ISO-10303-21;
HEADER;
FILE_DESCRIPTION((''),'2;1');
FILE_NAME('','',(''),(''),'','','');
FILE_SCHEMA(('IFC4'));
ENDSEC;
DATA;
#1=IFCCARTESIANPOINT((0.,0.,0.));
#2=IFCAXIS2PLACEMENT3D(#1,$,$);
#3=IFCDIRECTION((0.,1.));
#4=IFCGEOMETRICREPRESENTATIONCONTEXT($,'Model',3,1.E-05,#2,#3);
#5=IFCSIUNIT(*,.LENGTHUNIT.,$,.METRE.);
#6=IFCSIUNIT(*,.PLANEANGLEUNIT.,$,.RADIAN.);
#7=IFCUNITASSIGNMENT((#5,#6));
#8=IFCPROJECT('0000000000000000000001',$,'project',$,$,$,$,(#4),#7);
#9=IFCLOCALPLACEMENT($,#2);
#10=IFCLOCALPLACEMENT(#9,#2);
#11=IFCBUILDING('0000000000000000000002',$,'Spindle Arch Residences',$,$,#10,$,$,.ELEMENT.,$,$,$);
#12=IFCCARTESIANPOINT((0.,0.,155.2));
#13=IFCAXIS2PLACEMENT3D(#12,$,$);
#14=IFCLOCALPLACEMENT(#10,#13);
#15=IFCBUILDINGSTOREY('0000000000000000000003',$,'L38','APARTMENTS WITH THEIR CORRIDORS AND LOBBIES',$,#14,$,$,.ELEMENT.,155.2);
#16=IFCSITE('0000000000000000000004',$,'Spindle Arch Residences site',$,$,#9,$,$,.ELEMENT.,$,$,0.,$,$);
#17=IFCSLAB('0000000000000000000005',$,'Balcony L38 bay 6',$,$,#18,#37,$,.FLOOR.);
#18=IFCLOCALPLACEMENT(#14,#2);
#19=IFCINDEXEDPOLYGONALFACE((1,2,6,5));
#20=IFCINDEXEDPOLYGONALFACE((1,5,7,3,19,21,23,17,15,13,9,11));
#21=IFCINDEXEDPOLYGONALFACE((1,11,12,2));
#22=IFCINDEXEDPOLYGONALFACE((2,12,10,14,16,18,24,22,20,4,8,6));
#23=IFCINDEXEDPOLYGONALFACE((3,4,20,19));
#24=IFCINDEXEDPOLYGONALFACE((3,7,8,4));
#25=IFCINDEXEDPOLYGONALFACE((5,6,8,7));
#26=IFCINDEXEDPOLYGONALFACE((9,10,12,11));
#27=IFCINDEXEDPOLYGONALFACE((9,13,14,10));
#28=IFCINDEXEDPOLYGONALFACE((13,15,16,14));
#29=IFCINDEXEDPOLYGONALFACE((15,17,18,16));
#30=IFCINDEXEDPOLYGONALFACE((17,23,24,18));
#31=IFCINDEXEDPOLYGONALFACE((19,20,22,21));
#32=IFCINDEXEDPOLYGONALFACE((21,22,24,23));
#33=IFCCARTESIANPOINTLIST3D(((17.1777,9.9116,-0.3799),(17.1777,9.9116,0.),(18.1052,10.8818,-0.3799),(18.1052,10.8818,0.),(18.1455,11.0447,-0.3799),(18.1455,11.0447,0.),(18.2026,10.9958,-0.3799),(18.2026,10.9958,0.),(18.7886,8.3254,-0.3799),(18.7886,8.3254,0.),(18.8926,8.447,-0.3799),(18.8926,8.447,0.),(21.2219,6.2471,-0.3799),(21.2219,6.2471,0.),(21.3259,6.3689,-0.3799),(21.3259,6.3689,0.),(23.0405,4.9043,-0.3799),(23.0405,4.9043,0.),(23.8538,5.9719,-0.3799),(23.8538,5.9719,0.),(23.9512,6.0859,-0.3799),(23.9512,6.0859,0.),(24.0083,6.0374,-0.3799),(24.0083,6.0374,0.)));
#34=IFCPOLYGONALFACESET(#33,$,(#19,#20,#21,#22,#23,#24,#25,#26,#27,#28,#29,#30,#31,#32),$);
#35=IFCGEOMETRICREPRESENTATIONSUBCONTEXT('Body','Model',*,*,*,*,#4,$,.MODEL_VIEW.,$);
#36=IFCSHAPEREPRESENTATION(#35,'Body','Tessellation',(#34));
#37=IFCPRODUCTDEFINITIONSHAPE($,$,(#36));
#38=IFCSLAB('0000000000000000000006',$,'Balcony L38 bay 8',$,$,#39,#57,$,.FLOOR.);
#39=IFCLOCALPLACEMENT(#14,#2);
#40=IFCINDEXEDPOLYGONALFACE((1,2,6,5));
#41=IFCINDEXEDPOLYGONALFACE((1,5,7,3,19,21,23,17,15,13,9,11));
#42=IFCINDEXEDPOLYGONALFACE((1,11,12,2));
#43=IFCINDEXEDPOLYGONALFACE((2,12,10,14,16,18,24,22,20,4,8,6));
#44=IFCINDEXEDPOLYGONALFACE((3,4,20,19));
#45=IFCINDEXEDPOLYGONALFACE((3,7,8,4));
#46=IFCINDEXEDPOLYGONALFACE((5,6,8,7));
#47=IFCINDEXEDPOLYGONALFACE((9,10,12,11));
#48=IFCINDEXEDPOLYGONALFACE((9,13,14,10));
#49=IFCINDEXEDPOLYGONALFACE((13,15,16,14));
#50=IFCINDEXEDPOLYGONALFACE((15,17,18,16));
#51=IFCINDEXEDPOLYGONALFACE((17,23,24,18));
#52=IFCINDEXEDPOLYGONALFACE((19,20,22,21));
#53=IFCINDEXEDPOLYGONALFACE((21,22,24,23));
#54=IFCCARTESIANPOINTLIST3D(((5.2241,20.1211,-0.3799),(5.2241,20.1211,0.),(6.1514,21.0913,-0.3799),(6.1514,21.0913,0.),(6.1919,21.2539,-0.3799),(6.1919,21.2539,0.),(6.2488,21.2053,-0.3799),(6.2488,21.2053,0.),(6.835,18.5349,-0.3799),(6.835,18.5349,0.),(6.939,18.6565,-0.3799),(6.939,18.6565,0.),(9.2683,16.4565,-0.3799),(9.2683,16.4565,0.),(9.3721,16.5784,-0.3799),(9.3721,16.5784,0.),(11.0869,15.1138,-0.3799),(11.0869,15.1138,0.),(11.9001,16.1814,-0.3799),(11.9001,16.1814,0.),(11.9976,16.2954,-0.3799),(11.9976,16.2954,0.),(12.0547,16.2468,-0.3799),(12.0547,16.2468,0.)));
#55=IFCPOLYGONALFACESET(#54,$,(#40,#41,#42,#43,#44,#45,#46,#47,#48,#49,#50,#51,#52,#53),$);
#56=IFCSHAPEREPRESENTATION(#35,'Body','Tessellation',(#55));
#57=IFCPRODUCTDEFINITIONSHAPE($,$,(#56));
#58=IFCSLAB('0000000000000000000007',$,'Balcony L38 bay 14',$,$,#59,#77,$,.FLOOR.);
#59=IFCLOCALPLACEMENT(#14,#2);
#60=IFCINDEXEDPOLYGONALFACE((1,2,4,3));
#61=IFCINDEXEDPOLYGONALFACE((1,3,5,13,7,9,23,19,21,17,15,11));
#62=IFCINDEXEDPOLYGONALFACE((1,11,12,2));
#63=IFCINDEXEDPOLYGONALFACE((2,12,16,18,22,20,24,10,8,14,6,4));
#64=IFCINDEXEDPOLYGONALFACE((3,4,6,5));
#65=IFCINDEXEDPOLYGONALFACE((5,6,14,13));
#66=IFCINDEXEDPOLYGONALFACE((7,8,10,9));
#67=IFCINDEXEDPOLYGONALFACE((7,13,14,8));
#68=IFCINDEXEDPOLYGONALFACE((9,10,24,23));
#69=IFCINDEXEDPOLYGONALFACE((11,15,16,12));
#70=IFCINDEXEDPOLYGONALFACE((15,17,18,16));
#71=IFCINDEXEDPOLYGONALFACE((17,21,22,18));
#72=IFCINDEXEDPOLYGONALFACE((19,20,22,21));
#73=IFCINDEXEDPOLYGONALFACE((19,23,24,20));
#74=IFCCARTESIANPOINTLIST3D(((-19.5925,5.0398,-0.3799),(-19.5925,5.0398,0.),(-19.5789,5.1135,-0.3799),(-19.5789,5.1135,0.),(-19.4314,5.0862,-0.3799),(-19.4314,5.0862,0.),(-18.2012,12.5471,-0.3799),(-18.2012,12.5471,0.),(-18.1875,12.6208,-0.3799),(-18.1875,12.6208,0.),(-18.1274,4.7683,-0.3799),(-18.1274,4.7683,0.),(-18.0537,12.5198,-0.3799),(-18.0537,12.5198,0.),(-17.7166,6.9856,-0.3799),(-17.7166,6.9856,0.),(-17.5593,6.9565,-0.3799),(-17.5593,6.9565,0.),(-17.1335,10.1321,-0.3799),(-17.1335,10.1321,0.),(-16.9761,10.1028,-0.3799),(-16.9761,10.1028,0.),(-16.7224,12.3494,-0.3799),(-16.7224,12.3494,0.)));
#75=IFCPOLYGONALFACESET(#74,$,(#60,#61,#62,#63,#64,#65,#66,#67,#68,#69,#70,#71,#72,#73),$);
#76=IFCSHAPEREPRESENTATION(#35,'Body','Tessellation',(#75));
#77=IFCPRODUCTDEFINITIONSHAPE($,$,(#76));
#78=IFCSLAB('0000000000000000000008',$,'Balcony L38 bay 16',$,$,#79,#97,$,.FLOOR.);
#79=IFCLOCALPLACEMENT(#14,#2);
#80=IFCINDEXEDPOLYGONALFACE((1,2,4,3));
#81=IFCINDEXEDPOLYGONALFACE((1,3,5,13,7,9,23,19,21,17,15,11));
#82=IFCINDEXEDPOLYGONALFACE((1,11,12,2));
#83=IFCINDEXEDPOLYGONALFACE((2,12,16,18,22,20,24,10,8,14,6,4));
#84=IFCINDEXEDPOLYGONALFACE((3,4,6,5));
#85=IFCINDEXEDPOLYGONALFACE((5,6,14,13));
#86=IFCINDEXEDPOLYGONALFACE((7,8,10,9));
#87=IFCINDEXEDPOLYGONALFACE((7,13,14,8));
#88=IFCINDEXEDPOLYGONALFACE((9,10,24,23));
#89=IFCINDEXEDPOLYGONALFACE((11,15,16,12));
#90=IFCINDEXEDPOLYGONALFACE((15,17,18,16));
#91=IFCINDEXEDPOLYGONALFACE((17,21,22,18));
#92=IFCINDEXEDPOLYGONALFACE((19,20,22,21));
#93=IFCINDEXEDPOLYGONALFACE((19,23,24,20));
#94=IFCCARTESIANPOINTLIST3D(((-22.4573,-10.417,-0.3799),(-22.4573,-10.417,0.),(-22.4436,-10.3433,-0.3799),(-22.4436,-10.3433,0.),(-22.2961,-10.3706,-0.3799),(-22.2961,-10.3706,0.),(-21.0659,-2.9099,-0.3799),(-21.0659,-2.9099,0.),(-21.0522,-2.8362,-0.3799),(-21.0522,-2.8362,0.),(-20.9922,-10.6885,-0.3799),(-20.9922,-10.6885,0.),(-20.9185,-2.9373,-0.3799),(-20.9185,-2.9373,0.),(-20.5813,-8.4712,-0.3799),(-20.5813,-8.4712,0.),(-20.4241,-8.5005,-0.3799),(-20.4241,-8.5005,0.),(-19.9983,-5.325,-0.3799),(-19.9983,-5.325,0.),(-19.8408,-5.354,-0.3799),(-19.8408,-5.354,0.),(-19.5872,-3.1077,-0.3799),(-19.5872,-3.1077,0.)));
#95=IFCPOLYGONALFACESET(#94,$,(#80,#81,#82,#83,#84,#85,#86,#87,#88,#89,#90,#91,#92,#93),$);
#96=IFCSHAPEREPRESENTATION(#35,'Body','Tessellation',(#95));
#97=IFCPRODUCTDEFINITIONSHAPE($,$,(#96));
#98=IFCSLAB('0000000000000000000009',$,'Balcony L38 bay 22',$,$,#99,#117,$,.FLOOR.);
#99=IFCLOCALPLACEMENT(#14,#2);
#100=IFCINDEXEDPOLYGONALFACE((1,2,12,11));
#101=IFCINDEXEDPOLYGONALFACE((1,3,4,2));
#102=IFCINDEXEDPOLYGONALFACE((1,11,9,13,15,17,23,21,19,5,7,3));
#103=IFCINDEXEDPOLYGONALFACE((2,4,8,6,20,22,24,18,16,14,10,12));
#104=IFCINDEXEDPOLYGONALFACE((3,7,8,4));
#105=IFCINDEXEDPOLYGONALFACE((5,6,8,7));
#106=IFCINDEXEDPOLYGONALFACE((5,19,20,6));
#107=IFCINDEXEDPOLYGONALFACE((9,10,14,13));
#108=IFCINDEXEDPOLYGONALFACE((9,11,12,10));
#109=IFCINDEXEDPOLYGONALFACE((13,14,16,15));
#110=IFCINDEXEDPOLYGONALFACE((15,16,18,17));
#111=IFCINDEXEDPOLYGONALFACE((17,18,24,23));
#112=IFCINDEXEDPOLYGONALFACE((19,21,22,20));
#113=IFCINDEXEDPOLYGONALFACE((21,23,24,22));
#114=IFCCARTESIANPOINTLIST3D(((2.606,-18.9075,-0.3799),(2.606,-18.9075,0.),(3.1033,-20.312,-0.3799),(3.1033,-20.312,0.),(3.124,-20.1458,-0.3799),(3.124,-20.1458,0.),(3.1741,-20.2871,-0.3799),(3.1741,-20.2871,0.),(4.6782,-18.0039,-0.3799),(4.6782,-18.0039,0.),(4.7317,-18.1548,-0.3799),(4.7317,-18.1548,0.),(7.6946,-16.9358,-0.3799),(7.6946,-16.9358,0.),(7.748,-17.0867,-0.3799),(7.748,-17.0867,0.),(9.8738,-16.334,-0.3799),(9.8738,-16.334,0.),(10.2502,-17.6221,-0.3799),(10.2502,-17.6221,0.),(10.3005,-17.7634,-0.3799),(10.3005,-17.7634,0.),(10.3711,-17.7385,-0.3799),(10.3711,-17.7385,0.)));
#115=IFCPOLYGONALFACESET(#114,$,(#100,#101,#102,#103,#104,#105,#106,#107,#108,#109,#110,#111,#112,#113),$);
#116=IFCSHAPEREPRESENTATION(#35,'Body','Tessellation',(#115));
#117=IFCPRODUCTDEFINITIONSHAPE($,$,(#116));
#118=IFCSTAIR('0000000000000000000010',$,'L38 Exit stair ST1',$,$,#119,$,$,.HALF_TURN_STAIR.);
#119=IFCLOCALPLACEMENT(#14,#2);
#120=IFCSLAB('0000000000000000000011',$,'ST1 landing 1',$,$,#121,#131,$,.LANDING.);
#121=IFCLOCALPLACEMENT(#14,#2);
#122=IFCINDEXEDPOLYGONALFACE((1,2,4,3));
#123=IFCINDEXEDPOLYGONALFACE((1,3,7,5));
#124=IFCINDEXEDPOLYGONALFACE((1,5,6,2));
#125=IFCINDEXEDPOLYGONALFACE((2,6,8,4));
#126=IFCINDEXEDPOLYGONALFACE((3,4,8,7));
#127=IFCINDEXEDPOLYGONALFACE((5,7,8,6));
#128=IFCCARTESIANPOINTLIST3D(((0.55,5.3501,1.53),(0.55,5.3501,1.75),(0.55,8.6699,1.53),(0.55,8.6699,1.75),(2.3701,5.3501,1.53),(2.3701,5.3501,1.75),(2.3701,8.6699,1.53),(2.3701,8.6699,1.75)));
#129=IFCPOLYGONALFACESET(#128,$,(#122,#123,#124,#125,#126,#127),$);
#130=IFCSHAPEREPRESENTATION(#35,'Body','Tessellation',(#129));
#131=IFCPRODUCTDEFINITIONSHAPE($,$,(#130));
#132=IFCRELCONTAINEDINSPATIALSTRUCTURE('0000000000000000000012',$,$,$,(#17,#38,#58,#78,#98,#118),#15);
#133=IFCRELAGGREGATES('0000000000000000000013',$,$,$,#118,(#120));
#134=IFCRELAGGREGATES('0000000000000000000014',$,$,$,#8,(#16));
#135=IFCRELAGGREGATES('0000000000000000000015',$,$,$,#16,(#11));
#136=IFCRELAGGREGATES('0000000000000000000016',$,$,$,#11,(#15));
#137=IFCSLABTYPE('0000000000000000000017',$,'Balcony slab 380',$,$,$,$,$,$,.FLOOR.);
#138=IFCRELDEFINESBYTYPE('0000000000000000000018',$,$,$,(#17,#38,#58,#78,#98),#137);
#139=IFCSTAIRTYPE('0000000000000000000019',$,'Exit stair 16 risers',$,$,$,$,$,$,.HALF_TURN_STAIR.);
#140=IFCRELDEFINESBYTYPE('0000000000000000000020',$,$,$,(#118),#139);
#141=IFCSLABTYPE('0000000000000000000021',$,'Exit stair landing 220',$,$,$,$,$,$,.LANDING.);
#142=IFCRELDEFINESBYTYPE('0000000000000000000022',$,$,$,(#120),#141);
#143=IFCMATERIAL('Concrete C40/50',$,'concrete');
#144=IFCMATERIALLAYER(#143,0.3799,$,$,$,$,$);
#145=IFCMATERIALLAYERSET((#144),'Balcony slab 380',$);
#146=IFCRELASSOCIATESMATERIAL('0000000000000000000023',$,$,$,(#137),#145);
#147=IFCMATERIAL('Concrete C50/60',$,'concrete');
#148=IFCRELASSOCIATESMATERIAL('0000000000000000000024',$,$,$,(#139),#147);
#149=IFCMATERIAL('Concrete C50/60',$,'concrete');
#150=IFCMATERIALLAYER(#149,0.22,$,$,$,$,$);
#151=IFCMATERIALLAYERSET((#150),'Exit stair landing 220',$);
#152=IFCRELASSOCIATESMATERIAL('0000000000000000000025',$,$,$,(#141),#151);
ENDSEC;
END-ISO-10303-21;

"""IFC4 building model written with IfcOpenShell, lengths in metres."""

from ifc_helpers import new_model, si_unit, direction, frame, origin, place, context, subcontext, project, spatial, polyline, outline, extrude, material, layer, layer_set, type_object, element, aggregate, save


model = new_model("IFC4")

# Units and contexts
model_context = context("Model", 3, precision=1e-05, world=origin(), true_north=direction((0.0, 1.0)))
body_context = subcontext(model_context, "Body", "Model", "MODEL_VIEW")
ifc_project = project(units=[si_unit("LENGTHUNIT", "METRE"), si_unit("PLANEANGLEUNIT", "RADIAN")], contexts=[model_context])

# Site, building, storey
site_placement = place(None, origin())
site = spatial("IfcSite", under=ifc_project, at=site_placement, Name="Spindle Arch Residences site", CompositionType="ELEMENT", RefElevation=0.0)
building_placement = place(site_placement, origin())
building = spatial("IfcBuilding", under=site, at=building_placement, Name="Spindle Arch Residences", CompositionType="ELEMENT")
storey_placement = place(building_placement, frame((0.0, 0.0, 155.2)))
storey = spatial("IfcBuildingStorey", under=building, at=storey_placement, Name="L38", Description="APARTMENTS WITH THEIR CORRIDORS AND LOBBIES", CompositionType="ELEMENT", Elevation=155.2)

# Slabs
ifc_material_1 = material(Name="Concrete C40/50", Category="concrete")
ifc_layer_1 = layer(ifc_material_1, 0.3799)
ifc_layer_set_1 = layer_set([ifc_layer_1], Name="Balcony slab 380")
slab_type_1 = type_object("IfcSlabType", Name="Balcony slab 380", PredefinedType="FLOOR", material=ifc_layer_set_1)
slab_1_placement = place(storey_placement, frame((0.0, 0.0, -0.3799)))
element("IfcSlab", 1, at=slab_1_placement, inside=storey, type_object=slab_type_1, Name="Balcony L38 bay 6", PredefinedType="FLOOR", context=body_context, shape_type="SweptSolid", body=[
    extrude(outline(polyline([(24.0083, 6.0374), (23.9512, 6.0859), (23.8538, 5.9719), (18.1052, 10.8818), (18.2026, 10.9958), (18.1455, 11.0447), (17.1777, 9.9116), (18.8926, 8.447), (18.7886, 8.3254), (21.2219, 6.2471), (21.3259, 6.3689), (23.0405, 4.9043), (24.0083, 6.0374)])), origin(), (0.0, 0.0, 1.0), 0.3799),
])
slab_2_placement = place(storey_placement, frame((0.0, 0.0, -0.3799)))
element("IfcSlab", 2, at=slab_2_placement, inside=storey, type_object=slab_type_1, Name="Balcony L38 bay 8", PredefinedType="FLOOR", context=body_context, shape_type="SweptSolid", body=[
    extrude(outline(polyline([(12.0547, 16.2468), (11.9976, 16.2954), (11.9001, 16.1814), (6.1514, 21.0913), (6.2488, 21.2053), (6.1919, 21.2539), (5.2241, 20.1211), (6.939, 18.6565), (6.835, 18.5349), (9.2683, 16.4565), (9.3721, 16.5784), (11.0869, 15.1138), (12.0547, 16.2468)])), origin(), (0.0, 0.0, 1.0), 0.3799),
])
slab_3_placement = place(storey_placement, frame((0.0, 0.0, -0.3799)))
element("IfcSlab", 3, at=slab_3_placement, inside=storey, type_object=slab_type_1, Name="Balcony L38 bay 14", PredefinedType="FLOOR", context=body_context, shape_type="SweptSolid", body=[
    extrude(outline(polyline([(-18.1875, 12.6208), (-18.2012, 12.5471), (-18.0537, 12.5198), (-19.4314, 5.0862), (-19.5789, 5.1135), (-19.5925, 5.0398), (-18.1274, 4.7683), (-17.7166, 6.9856), (-17.5593, 6.9565), (-16.9761, 10.1028), (-17.1335, 10.1321), (-16.7224, 12.3494), (-18.1875, 12.6208)])), origin(), (0.0, 0.0, 1.0), 0.3799),
])
slab_4_placement = place(storey_placement, frame((0.0, 0.0, -0.3799)))
element("IfcSlab", 4, at=slab_4_placement, inside=storey, type_object=slab_type_1, Name="Balcony L38 bay 16", PredefinedType="FLOOR", context=body_context, shape_type="SweptSolid", body=[
    extrude(outline(polyline([(-21.0522, -2.8362), (-21.0659, -2.9099), (-20.9185, -2.9373), (-22.2961, -10.3706), (-22.4436, -10.3433), (-22.4573, -10.417), (-20.9922, -10.6885), (-20.5813, -8.4712), (-20.4241, -8.5005), (-19.8408, -5.354), (-19.9983, -5.325), (-19.5872, -3.1077), (-21.0522, -2.8362)])), origin(), (0.0, 0.0, 1.0), 0.3799),
])
slab_5_placement = place(storey_placement, frame((0.0, 0.0, -0.3799)))
element("IfcSlab", 5, at=slab_5_placement, inside=storey, type_object=slab_type_1, Name="Balcony L38 bay 22", PredefinedType="FLOOR", context=body_context, shape_type="SweptSolid", body=[
    extrude(outline(polyline([(3.1033, -20.312), (3.1741, -20.2871), (3.124, -20.1458), (10.2502, -17.6221), (10.3005, -17.7634), (10.3711, -17.7385), (9.8738, -16.334), (7.748, -17.0867), (7.6946, -16.9358), (4.6782, -18.0039), (4.7317, -18.1548), (2.606, -18.9075), (3.1033, -20.312)])), origin(), (0.0, 0.0, 1.0), 0.3799),
])

# Stair, slab
ifc_material_2 = material(Name="Concrete C50/60", Category="concrete")
stair_type = type_object("IfcStairType", Name="Exit stair 16 risers", PredefinedType="HALF_TURN_STAIR", material=ifc_material_2)
stair_1_placement = place(storey_placement, origin())
stair_1 = element("IfcStair", 6, at=stair_1_placement, inside=storey, type_object=stair_type, Name="L38 Exit stair ST1", PredefinedType="HALF_TURN_STAIR")
ifc_material_3 = material(Name="Concrete C50/60", Category="concrete")
ifc_layer_2 = layer(ifc_material_3, 0.22)
ifc_layer_set_2 = layer_set([ifc_layer_2], Name="Exit stair landing 220")
slab_type_2 = type_object("IfcSlabType", Name="Exit stair landing 220", PredefinedType="LANDING", material=ifc_layer_set_2)
slab_6_placement = place(storey_placement, frame((0.0, 0.0, 1.53)))
slab_6 = element("IfcSlab", 7, at=slab_6_placement, type_object=slab_type_2, Name="ST1 landing 1", PredefinedType="LANDING", context=body_context, shape_type="SweptSolid", body=[
    extrude(outline(polyline([(2.3701, 8.6699), (0.55, 8.6699), (0.55, 5.3501), (2.3701, 5.3501), (2.3701, 8.6699)])), origin(), (0.0, 0.0, 1.0), 0.22),
])
aggregate(stair_1, [slab_6])

save(model, "model.ifc")
